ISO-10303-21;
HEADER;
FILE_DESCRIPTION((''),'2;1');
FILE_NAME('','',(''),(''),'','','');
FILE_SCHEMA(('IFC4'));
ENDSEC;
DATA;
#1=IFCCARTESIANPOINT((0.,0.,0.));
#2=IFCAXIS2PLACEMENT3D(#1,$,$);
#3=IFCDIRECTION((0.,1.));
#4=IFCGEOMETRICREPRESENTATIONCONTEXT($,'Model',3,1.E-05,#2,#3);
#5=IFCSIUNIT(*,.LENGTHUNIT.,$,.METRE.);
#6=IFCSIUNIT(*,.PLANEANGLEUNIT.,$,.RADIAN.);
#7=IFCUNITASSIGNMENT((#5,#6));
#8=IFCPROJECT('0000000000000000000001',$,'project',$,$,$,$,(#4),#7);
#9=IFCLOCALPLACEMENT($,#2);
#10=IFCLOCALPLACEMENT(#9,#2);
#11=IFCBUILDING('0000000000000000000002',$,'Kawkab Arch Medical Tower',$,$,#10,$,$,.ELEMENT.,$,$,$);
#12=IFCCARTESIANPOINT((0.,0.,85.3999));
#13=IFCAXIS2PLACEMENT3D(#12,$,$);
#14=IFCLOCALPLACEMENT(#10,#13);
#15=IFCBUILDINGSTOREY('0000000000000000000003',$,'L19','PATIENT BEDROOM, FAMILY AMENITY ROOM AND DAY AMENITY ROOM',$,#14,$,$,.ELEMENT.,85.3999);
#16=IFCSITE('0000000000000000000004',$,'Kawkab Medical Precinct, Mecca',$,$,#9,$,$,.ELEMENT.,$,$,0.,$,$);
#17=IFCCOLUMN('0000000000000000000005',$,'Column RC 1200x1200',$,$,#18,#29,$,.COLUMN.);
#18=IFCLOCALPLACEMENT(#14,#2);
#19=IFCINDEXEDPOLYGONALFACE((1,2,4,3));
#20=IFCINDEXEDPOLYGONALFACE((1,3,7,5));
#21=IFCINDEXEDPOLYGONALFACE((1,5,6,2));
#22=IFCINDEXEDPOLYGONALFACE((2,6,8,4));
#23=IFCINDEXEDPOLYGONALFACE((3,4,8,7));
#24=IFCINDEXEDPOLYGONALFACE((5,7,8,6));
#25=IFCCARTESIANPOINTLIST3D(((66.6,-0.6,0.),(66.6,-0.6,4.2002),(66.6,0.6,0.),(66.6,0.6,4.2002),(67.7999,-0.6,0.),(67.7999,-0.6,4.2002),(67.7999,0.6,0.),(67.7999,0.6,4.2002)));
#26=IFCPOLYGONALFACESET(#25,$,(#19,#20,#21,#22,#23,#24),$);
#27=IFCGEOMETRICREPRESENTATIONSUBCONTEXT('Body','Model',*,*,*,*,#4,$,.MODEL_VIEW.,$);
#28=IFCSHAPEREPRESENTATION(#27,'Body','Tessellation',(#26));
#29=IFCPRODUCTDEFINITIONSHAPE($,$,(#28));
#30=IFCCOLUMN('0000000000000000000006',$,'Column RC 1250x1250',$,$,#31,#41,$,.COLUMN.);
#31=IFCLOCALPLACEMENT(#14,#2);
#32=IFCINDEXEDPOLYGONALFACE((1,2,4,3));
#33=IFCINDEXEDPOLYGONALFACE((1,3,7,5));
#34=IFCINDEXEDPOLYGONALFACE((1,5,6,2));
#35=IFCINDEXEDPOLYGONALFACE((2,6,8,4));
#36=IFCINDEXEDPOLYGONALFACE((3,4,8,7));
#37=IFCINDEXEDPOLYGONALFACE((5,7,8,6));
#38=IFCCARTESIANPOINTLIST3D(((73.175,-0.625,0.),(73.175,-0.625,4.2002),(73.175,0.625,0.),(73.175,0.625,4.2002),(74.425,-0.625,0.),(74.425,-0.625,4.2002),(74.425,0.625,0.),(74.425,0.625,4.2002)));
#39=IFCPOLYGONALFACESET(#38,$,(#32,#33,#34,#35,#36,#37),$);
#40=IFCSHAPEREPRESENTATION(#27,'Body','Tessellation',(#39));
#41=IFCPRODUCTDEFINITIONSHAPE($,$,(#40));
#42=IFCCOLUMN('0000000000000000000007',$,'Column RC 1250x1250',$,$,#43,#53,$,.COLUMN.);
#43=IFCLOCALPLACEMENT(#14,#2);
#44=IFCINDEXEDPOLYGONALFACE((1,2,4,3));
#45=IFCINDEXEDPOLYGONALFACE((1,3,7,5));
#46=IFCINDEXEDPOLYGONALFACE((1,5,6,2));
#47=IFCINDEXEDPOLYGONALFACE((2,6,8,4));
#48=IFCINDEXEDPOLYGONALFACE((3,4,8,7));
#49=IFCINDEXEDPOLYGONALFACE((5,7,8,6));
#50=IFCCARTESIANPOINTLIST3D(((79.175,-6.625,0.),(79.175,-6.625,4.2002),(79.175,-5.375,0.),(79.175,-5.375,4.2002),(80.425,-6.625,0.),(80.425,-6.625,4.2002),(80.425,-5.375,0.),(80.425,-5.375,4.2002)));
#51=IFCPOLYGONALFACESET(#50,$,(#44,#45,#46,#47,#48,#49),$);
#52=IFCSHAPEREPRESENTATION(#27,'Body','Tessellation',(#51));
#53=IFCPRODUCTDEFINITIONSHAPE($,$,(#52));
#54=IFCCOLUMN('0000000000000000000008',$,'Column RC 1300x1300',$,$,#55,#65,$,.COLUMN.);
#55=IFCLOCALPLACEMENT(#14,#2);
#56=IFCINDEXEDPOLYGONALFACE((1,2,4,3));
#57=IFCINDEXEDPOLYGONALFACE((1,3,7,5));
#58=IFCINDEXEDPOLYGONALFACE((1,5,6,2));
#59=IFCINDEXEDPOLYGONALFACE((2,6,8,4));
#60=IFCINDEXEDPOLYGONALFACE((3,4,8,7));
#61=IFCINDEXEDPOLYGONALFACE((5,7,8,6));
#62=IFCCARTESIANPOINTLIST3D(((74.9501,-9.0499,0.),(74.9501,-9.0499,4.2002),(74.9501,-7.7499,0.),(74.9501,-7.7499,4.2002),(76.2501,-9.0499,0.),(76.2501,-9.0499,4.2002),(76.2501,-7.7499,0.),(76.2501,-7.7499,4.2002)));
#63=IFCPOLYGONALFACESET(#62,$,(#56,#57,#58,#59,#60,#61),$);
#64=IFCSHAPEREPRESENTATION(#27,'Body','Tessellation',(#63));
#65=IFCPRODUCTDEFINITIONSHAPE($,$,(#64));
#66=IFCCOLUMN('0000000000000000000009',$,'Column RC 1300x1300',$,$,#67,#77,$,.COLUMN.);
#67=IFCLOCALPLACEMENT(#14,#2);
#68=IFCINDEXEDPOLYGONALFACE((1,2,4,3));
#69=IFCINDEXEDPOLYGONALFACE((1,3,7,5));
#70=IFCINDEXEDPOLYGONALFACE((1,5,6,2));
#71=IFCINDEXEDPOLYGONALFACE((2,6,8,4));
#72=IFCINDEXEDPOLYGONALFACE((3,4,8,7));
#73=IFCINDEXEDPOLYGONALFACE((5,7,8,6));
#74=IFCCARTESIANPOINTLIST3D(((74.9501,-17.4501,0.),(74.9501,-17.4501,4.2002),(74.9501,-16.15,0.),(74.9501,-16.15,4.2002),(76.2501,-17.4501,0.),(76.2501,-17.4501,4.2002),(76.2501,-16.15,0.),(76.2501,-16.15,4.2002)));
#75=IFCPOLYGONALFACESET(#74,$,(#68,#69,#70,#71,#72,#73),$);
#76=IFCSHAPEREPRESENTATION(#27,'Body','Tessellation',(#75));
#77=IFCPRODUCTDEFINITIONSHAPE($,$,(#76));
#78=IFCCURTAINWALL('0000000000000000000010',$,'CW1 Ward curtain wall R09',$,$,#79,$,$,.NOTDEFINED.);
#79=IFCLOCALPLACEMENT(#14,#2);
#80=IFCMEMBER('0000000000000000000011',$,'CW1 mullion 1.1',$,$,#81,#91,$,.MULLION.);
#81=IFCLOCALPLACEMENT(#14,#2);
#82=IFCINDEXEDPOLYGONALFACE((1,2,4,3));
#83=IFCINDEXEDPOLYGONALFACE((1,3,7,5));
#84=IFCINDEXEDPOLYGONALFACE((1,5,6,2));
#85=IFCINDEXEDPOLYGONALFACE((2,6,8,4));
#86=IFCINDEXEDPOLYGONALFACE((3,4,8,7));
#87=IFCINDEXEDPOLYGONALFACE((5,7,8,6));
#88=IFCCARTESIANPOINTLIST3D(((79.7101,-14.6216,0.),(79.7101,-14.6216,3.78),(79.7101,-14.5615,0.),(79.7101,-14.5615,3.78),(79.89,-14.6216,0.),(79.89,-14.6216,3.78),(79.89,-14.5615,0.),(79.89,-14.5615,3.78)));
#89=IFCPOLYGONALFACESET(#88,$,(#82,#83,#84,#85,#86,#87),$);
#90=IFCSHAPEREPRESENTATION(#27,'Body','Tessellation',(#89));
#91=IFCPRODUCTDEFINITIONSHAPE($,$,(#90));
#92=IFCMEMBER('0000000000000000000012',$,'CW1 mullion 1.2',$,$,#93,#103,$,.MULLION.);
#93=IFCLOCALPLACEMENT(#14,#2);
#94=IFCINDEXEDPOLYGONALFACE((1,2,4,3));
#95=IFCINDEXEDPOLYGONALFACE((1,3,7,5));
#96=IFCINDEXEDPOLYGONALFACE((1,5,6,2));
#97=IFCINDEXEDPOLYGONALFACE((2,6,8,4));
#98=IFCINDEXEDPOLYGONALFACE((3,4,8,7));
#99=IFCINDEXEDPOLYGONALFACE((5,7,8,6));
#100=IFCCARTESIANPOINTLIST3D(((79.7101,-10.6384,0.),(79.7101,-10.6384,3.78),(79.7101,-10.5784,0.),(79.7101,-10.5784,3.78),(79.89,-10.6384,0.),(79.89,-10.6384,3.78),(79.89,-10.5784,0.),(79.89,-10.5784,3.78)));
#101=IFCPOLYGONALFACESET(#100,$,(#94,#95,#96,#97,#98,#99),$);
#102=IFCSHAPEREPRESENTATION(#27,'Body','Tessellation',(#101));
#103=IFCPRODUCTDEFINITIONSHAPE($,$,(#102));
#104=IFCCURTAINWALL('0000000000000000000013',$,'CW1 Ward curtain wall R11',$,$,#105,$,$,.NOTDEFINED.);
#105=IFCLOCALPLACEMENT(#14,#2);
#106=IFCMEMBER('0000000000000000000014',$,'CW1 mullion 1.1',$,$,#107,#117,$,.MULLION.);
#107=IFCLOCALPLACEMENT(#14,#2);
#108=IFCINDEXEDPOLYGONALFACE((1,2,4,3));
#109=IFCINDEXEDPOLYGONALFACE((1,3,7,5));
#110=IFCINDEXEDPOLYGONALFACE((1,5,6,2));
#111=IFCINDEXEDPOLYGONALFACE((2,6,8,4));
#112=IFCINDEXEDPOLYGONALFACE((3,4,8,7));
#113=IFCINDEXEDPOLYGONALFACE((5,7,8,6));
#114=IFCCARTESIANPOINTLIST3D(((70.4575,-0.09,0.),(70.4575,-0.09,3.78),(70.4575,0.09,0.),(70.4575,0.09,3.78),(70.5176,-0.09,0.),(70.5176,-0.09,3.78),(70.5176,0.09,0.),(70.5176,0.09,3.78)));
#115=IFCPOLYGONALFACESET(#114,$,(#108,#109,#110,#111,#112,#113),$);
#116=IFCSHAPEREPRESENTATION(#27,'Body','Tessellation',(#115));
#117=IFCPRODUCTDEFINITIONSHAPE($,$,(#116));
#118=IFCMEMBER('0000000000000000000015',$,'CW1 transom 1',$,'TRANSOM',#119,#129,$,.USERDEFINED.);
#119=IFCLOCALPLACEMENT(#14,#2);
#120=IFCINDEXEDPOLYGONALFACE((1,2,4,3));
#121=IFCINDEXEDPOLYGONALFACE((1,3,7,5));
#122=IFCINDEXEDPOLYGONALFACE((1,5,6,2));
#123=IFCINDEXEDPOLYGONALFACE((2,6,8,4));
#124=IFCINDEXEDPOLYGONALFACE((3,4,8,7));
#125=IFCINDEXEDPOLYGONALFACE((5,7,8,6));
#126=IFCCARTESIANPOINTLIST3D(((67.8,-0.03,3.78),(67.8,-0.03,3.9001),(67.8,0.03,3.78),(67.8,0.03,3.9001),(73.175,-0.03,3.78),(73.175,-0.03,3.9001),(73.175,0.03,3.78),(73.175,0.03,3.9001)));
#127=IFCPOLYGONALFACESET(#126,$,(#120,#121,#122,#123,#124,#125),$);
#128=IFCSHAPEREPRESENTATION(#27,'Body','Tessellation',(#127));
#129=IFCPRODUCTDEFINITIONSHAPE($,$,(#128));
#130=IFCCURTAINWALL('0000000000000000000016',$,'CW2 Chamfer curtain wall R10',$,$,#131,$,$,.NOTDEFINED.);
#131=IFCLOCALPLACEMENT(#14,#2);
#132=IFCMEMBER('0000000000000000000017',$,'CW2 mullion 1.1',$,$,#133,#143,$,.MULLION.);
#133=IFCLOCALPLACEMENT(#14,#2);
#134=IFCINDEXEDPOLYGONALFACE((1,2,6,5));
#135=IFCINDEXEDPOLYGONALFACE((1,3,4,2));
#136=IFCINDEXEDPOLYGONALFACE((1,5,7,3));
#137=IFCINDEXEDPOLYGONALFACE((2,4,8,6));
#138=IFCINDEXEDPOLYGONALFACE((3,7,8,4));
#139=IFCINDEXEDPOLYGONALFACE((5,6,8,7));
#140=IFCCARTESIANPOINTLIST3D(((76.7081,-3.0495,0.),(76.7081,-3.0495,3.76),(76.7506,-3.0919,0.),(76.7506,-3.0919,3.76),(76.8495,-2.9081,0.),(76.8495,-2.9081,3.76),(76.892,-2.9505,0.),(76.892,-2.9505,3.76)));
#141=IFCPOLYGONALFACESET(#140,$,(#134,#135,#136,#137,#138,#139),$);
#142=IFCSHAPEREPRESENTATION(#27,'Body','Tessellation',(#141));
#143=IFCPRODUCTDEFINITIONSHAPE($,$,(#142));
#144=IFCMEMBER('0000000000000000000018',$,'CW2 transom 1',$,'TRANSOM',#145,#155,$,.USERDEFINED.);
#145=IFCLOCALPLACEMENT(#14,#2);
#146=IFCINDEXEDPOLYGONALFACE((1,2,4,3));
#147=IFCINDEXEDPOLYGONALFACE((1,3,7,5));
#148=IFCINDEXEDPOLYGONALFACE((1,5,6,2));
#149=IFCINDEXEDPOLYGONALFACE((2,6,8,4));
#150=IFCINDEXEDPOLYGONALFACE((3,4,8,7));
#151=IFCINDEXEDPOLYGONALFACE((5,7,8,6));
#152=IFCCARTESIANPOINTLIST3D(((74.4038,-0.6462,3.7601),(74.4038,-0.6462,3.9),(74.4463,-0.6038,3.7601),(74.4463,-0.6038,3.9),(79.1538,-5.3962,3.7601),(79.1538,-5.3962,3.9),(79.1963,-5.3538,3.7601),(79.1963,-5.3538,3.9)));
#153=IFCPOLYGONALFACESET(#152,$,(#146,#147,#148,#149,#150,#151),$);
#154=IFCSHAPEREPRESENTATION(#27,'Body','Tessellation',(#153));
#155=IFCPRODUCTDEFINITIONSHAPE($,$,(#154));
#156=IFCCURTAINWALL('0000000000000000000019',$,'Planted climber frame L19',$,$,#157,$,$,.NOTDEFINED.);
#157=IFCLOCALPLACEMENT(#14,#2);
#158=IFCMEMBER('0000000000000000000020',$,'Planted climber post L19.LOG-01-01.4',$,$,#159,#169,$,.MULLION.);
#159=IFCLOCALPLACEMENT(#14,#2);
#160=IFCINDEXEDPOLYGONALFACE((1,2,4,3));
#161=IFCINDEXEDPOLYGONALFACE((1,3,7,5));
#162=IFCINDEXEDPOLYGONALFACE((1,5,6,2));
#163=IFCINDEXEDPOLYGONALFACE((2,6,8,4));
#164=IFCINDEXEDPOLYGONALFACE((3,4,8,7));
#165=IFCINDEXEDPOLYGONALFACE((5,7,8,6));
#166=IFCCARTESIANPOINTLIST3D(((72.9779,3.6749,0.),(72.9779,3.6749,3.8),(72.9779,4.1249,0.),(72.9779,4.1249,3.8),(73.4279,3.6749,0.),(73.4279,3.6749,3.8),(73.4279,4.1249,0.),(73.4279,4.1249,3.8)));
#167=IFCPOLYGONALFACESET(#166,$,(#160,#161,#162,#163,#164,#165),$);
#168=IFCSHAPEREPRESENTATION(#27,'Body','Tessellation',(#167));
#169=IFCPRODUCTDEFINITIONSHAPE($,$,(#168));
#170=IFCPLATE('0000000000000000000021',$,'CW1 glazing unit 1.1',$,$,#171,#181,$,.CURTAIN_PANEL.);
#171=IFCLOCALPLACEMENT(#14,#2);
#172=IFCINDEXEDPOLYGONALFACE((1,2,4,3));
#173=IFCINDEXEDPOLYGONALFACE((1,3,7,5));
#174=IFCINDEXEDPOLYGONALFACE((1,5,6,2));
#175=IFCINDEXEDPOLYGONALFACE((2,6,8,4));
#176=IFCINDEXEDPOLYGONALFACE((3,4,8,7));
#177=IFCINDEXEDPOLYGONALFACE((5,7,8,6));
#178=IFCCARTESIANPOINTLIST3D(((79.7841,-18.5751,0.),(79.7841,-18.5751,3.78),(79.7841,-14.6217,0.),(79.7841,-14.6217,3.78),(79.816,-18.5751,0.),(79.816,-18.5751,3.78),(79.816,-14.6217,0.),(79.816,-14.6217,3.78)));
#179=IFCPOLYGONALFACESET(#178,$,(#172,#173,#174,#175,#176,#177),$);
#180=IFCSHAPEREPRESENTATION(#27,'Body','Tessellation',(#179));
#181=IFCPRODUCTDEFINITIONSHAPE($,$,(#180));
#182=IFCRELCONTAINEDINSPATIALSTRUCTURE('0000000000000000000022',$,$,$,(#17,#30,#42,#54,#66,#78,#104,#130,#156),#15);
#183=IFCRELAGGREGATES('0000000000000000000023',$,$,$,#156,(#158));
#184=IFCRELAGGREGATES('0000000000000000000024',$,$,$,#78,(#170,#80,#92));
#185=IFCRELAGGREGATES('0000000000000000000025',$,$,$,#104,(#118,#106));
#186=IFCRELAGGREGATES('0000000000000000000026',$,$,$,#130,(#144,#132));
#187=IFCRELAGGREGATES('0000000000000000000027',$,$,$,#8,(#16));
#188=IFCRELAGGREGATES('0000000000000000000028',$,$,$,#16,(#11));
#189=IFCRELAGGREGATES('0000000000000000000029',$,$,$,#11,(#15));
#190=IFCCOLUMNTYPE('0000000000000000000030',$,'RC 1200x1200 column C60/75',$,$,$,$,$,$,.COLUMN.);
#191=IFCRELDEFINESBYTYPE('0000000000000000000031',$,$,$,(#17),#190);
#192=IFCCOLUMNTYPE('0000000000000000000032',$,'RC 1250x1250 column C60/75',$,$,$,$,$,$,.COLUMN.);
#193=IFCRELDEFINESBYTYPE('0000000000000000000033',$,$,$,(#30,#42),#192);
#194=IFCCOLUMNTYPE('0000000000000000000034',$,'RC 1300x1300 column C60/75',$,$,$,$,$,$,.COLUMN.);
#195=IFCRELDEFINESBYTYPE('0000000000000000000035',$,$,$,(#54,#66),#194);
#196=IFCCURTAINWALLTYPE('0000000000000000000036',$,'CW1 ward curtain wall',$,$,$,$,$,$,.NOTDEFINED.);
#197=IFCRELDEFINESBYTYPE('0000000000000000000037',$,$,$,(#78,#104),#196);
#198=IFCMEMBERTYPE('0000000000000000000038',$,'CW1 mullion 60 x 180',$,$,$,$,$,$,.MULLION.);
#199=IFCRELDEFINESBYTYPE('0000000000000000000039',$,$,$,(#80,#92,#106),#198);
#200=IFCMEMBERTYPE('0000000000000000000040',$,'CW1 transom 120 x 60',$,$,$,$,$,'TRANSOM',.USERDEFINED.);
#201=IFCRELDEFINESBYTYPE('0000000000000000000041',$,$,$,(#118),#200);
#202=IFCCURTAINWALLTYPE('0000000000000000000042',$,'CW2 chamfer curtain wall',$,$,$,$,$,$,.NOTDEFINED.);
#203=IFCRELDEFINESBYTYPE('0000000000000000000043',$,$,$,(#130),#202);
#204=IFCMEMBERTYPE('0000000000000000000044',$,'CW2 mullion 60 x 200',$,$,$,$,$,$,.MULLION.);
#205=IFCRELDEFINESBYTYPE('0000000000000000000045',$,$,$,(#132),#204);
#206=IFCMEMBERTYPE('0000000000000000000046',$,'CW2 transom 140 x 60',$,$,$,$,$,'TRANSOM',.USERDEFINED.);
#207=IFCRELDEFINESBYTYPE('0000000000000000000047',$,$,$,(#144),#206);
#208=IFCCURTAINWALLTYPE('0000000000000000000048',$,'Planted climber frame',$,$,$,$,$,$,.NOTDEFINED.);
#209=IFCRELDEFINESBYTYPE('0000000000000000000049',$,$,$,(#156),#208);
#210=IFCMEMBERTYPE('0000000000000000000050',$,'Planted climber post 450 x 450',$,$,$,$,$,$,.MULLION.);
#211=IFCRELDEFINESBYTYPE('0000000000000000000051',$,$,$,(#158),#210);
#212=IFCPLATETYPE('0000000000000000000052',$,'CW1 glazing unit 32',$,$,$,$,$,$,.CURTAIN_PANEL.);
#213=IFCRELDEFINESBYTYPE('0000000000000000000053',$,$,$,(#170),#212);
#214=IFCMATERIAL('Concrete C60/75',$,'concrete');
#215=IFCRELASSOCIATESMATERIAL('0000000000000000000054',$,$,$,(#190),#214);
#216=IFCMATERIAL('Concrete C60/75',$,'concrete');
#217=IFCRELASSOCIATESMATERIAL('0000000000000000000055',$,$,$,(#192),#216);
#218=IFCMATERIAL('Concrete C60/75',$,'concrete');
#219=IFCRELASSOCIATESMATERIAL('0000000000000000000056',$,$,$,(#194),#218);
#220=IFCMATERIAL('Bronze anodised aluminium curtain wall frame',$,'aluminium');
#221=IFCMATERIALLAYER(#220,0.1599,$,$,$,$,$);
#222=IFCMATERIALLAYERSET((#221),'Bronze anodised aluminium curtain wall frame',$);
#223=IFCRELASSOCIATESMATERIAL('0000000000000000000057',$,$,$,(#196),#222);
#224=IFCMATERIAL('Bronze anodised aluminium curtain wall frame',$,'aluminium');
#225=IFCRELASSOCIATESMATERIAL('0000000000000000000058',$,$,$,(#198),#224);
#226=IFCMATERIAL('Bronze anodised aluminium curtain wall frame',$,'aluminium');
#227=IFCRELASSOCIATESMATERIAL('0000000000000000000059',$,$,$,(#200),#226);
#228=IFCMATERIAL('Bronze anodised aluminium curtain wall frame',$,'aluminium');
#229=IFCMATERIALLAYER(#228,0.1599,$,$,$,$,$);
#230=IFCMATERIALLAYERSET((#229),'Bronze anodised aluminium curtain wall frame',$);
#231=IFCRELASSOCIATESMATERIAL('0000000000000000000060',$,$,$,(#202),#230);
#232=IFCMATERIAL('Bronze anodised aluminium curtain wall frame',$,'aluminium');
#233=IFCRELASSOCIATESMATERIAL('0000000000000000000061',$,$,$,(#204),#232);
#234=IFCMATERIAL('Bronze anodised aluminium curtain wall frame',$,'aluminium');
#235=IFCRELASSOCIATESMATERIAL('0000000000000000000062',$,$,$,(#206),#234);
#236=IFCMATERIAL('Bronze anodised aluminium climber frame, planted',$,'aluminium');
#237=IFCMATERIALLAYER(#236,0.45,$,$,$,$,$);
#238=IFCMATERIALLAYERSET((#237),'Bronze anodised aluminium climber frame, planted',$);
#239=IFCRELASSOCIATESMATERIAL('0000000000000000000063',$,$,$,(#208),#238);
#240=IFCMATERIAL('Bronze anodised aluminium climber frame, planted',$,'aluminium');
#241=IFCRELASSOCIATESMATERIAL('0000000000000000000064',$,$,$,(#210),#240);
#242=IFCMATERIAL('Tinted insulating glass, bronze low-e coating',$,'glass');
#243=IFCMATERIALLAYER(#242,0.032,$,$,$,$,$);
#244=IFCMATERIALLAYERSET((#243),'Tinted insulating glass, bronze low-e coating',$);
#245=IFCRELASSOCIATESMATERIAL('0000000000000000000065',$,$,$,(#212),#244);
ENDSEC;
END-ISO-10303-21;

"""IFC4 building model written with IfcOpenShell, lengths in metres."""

from ifc_helpers import new_model, si_unit, direction, frame, origin, origin_2d, place, context, subcontext, project, spatial, rectangle, extrude, material, layer, layer_set, material_profile, profile_set, type_object, element, aggregate, save


model = new_model("IFC4")

# Units and contexts
model_context = context("Model", 3, precision=1e-05, world=origin(), true_north=direction((0.0, 1.0)))
body_context = subcontext(model_context, "Body", "Model", "MODEL_VIEW")
ifc_project = project(units=[si_unit("LENGTHUNIT", "METRE"), si_unit("PLANEANGLEUNIT", "RADIAN")], contexts=[model_context])

# Site, building, storey
site_placement = place(None, origin())
site = spatial("IfcSite", under=ifc_project, at=site_placement, Name="Kawkab Medical Precinct, Mecca", CompositionType="ELEMENT", RefElevation=0.0)
building_placement = place(site_placement, origin())
building = spatial("IfcBuilding", under=site, at=building_placement, Name="Kawkab Arch Medical Tower", CompositionType="ELEMENT")
storey_placement = place(building_placement, frame((0.0, 0.0, 85.3999)))
storey = spatial("IfcBuildingStorey", under=building, at=storey_placement, Name="L19", Description="PATIENT BEDROOM, FAMILY AMENITY ROOM AND DAY AMENITY ROOM", CompositionType="ELEMENT", Elevation=85.3999)

# Columns
ifc_material_1 = material(Name="Concrete C60/75", Category="concrete")
ifc_material_profile_1 = material_profile(ifc_material_1, rectangle(XDim=1.2, YDim=1.2, at=origin_2d()), Name="RC 1200x1200")
ifc_profile_set_1 = profile_set([ifc_material_profile_1], Name="Concrete C60/75")
column_type_1 = type_object("IfcColumnType", Name="RC 1200x1200 column C60/75", PredefinedType="COLUMN", material=ifc_profile_set_1)
column_placement = place(storey_placement, frame((67.2, 0.0, 0.0), z_axis=(0.0, 0.0, 1.0), x_axis=(1.0, 0.0, 0.0)))
element("IfcColumn", 1, at=column_placement, inside=storey, type_object=column_type_1, Name="Column RC 1200x1200", PredefinedType="COLUMN", context=body_context, shape_type="SweptSolid", body=[
    extrude(rectangle(XDim=1.2, YDim=1.2, at=origin_2d()), origin(), (0.0, 0.0, 1.0), 4.2002),
])
ifc_material_2 = material(Name="Concrete C60/75", Category="concrete")
ifc_material_profile_2 = material_profile(ifc_material_2, rectangle(XDim=1.25, YDim=1.25, at=origin_2d()), Name="RC 1250x1250")
ifc_profile_set_2 = profile_set([ifc_material_profile_2], Name="Concrete C60/75")
column_type_2 = type_object("IfcColumnType", Name="RC 1250x1250 column C60/75", PredefinedType="COLUMN", material=ifc_profile_set_2)
for number, where, z_axis, x_axis, name in (
    (2, (73.8, 0.0, 0.0), (0.0, 0.0, 1.0), (1.0, 0.0, 0.0), "Column RC 1250x1250"),
    (3, (79.8, -6.0, 0.0), (0.0, 0.0, 1.0), (1.0, 0.0, 0.0), "Column RC 1250x1250"),
):
    element("IfcColumn", number, at=place(storey_placement, frame(where, z_axis=z_axis, x_axis=x_axis)), inside=storey, type_object=column_type_2, Name=name, PredefinedType="COLUMN", context=body_context, shape_type="SweptSolid", body=[
        extrude(rectangle(XDim=1.25, YDim=1.25, at=origin_2d()), origin(), (0.0, 0.0, 1.0), 4.2002),
    ])
ifc_material_3 = material(Name="Concrete C60/75", Category="concrete")
ifc_material_profile_3 = material_profile(ifc_material_3, rectangle(XDim=1.3, YDim=1.3, at=origin_2d()), Name="RC 1300x1300")
ifc_profile_set_3 = profile_set([ifc_material_profile_3], Name="Concrete C60/75")
column_type_3 = type_object("IfcColumnType", Name="RC 1300x1300 column C60/75", PredefinedType="COLUMN", material=ifc_profile_set_3)
for number, where, z_axis, x_axis, name in (
    (4, (75.6001, -8.3999, 0.0), (0.0, 0.0, 1.0), (1.0, 0.0, 0.0), "Column RC 1300x1300"),
    (5, (75.6001, -16.8, 0.0), (0.0, 0.0, 1.0), (1.0, 0.0, 0.0), "Column RC 1300x1300"),
):
    element("IfcColumn", number, at=place(storey_placement, frame(where, z_axis=z_axis, x_axis=x_axis)), inside=storey, type_object=column_type_3, Name=name, PredefinedType="COLUMN", context=body_context, shape_type="SweptSolid", body=[
        extrude(rectangle(XDim=1.3, YDim=1.3, at=origin_2d()), origin(), (0.0, 0.0, 1.0), 4.2002),
    ])

# Curtain walls, members
ifc_material_4 = material(Name="Bronze anodised aluminium curtain wall frame", Category="aluminium")
ifc_layer_1 = layer(ifc_material_4, 0.1599)
ifc_layer_set_1 = layer_set([ifc_layer_1], Name="Bronze anodised aluminium curtain wall frame")
curtain_wall_type_1 = type_object("IfcCurtainWallType", Name="CW1 ward curtain wall", PredefinedType="NOTDEFINED", material=ifc_layer_set_1)
placement = place(storey_placement, origin())
curtain_wall_1 = element("IfcCurtainWall", 6, at=placement, inside=storey, type_object=curtain_wall_type_1, Name="CW1 Ward curtain wall R09", PredefinedType="NOTDEFINED")
ifc_material_5 = material(Name="Bronze anodised aluminium curtain wall frame", Category="aluminium")
ifc_material_profile_4 = material_profile(ifc_material_5, rectangle(XDim=0.1799, YDim=0.0601, at=origin_2d()), Name="AL 60x180")
ifc_profile_set_4 = profile_set([ifc_material_profile_4], Name="Bronze anodised aluminium curtain wall frame")
member_type_1 = type_object("IfcMemberType", Name="CW1 mullion 60 x 180", PredefinedType="MULLION", material=ifc_profile_set_4)
member_1_placement = place(storey_placement, frame((79.8, -14.5916, 0.0), z_axis=(0.0, 0.0, 1.0), x_axis=(-1.0, 0.0, 0.0)))
member_1 = element("IfcMember", 7, at=member_1_placement, type_object=member_type_1, Name="CW1 mullion 1.1", PredefinedType="MULLION", context=body_context, shape_type="SweptSolid", body=[
    extrude(rectangle(XDim=0.1799, YDim=0.0601, at=origin_2d()), origin(), (0.0, 0.0, 1.0), 3.78),
])
member_2_placement = place(storey_placement, frame((79.8, -10.6084, 0.0), z_axis=(0.0, 0.0, 1.0), x_axis=(-1.0, 0.0, 0.0)))
member_2 = element("IfcMember", 8, at=member_2_placement, type_object=member_type_1, Name="CW1 mullion 1.2", PredefinedType="MULLION", context=body_context, shape_type="SweptSolid", body=[
    extrude(rectangle(XDim=0.1799, YDim=0.0601, at=origin_2d()), origin(), (0.0, 0.0, 1.0), 3.78),
])
curtain_wall_2 = element("IfcCurtainWall", 9, at=placement, inside=storey, type_object=curtain_wall_type_1, Name="CW1 Ward curtain wall R11", PredefinedType="NOTDEFINED")
member_3_placement = place(storey_placement, frame((70.4875, 0.0, 0.0), z_axis=(0.0, 0.0, 1.0), x_axis=(0.0, -1.0, 0.0)))
member_3 = element("IfcMember", 10, at=member_3_placement, type_object=member_type_1, Name="CW1 mullion 1.1", PredefinedType="MULLION", context=body_context, shape_type="SweptSolid", body=[
    extrude(rectangle(XDim=0.1799, YDim=0.0601, at=origin_2d()), origin(), (0.0, 0.0, 1.0), 3.78),
])
ifc_material_6 = material(Name="Bronze anodised aluminium curtain wall frame", Category="aluminium")
ifc_material_profile_5 = material_profile(ifc_material_6, rectangle(XDim=0.0601, YDim=0.1201, at=origin_2d()), Name="AL 60x120")
ifc_profile_set_5 = profile_set([ifc_material_profile_5], Name="Bronze anodised aluminium curtain wall frame")
member_type_2 = type_object("IfcMemberType", Name="CW1 transom 120 x 60", ElementType="TRANSOM", PredefinedType="USERDEFINED", material=ifc_profile_set_5)
member_4_placement = place(storey_placement, frame((73.175, 0.0, 3.8401), z_axis=(-1.0, 0.0, 0.0), x_axis=(0.0, -1.0, 0.0)))
member_4 = element("IfcMember", 11, at=member_4_placement, type_object=member_type_2, Name="CW1 transom 1", ObjectType="TRANSOM", PredefinedType="USERDEFINED", context=body_context, shape_type="SweptSolid", body=[
    extrude(rectangle(XDim=0.0601, YDim=0.1201, at=origin_2d()), origin(), (0.0, 0.0, 1.0), 5.375),
])
ifc_material_7 = material(Name="Bronze anodised aluminium curtain wall frame", Category="aluminium")
ifc_layer_2 = layer(ifc_material_7, 0.1599)
ifc_layer_set_2 = layer_set([ifc_layer_2], Name="Bronze anodised aluminium curtain wall frame")
curtain_wall_type_2 = type_object("IfcCurtainWallType", Name="CW2 chamfer curtain wall", PredefinedType="NOTDEFINED", material=ifc_layer_set_2)
curtain_wall_3 = element("IfcCurtainWall", 12, at=placement, inside=storey, type_object=curtain_wall_type_2, Name="CW2 Chamfer curtain wall R10", PredefinedType="NOTDEFINED")
ifc_material_8 = material(Name="Bronze anodised aluminium curtain wall frame", Category="aluminium")
ifc_material_profile_6 = material_profile(ifc_material_8, rectangle(XDim=0.2, YDim=0.0601, at=origin_2d()), Name="AL 60x200")
ifc_profile_set_6 = profile_set([ifc_material_profile_6], Name="Bronze anodised aluminium curtain wall frame")
member_type_3 = type_object("IfcMemberType", Name="CW2 mullion 60 x 200", PredefinedType="MULLION", material=ifc_profile_set_6)
member_5_placement = place(storey_placement, frame((76.8, -3.0, 0.0), z_axis=(0.0, 0.0, 1.0), x_axis=(-0.707107, -0.707107, 0.0)))
member_5 = element("IfcMember", 13, at=member_5_placement, type_object=member_type_3, Name="CW2 mullion 1.1", PredefinedType="MULLION", context=body_context, shape_type="SweptSolid", body=[
    extrude(rectangle(XDim=0.2, YDim=0.0601, at=origin_2d()), origin(), (0.0, 0.0, 1.0), 3.76),
])
ifc_material_9 = material(Name="Bronze anodised aluminium curtain wall frame", Category="aluminium")
ifc_material_profile_7 = material_profile(ifc_material_9, rectangle(XDim=0.0601, YDim=0.1399, at=origin_2d()), Name="AL 60x140")
ifc_profile_set_7 = profile_set([ifc_material_profile_7], Name="Bronze anodised aluminium curtain wall frame")
member_type_4 = type_object("IfcMemberType", Name="CW2 transom 140 x 60", ElementType="TRANSOM", PredefinedType="USERDEFINED", material=ifc_profile_set_7)
member_6_placement = place(storey_placement, frame((79.175, -5.375, 3.8301), z_axis=(-0.707107, 0.707107, 0.0), x_axis=(-0.707107, -0.707107, 0.0)))
member_6 = element("IfcMember", 14, at=member_6_placement, type_object=member_type_4, Name="CW2 transom 1", ObjectType="TRANSOM", PredefinedType="USERDEFINED", context=body_context, shape_type="SweptSolid", body=[
    extrude(rectangle(XDim=0.0601, YDim=0.1399, at=origin_2d()), origin(), (0.0, 0.0, 1.0), 6.7175),
])

# Curtain wall, member
ifc_material_10 = material(Name="Bronze anodised aluminium climber frame, planted", Category="aluminium")
ifc_layer_3 = layer(ifc_material_10, 0.45)
ifc_layer_set_3 = layer_set([ifc_layer_3], Name="Bronze anodised aluminium climber frame, planted")
curtain_wall_type_3 = type_object("IfcCurtainWallType", Name="Planted climber frame", PredefinedType="NOTDEFINED", material=ifc_layer_set_3)
curtain_wall_4 = element("IfcCurtainWall", 15, at=placement, inside=storey, type_object=curtain_wall_type_3, Name="Planted climber frame L19", PredefinedType="NOTDEFINED")
ifc_material_11 = material(Name="Bronze anodised aluminium climber frame, planted", Category="aluminium")
ifc_material_profile_8 = material_profile(ifc_material_11, rectangle(XDim=0.45, YDim=0.45, at=origin_2d()), Name="Post 450x450")
ifc_profile_set_8 = profile_set([ifc_material_profile_8], Name="Bronze anodised aluminium climber frame, planted")
member_type_5 = type_object("IfcMemberType", Name="Planted climber post 450 x 450", PredefinedType="MULLION", material=ifc_profile_set_8)
member_7_placement = place(storey_placement, frame((73.2029, 3.8999, 0.0), z_axis=(0.0, 0.0, 1.0), x_axis=(1.0, 0.0, 0.0)))
member_7 = element("IfcMember", 16, at=member_7_placement, type_object=member_type_5, Name="Planted climber post L19.LOG-01-01.4", PredefinedType="MULLION", context=body_context, shape_type="SweptSolid", body=[
    extrude(rectangle(XDim=0.45, YDim=0.45, at=origin_2d()), origin(), (0.0, 0.0, 1.0), 3.8),
])
aggregate(curtain_wall_4, [member_7])

# Plate
ifc_material_12 = material(Name="Tinted insulating glass, bronze low-e coating", Category="glass")
ifc_layer_4 = layer(ifc_material_12, 0.032)
ifc_layer_set_4 = layer_set([ifc_layer_4], Name="Tinted insulating glass, bronze low-e coating")
plate_type_1 = type_object("IfcPlateType", Name="CW1 glazing unit 32", PredefinedType="CURTAIN_PANEL", material=ifc_layer_set_4)
plate_1_placement = place(storey_placement, frame((79.8, -16.5984, 0.0), z_axis=(0.0, 0.0, 1.0), x_axis=(0.0, 1.0, 0.0)))
plate_1 = element("IfcPlate", 17, at=plate_1_placement, type_object=plate_type_1, Name="CW1 glazing unit 1.1", PredefinedType="CURTAIN_PANEL", context=body_context, shape_type="SweptSolid", body=[
    extrude(rectangle(XDim=3.9534, YDim=0.032, at=origin_2d()), origin(), (0.0, 0.0, 1.0), 3.78),
])
aggregate(curtain_wall_1, [plate_1, member_1, member_2])
aggregate(curtain_wall_2, [member_4, member_3])
aggregate(curtain_wall_3, [member_6, member_5])

save(model, "model.ifc")
